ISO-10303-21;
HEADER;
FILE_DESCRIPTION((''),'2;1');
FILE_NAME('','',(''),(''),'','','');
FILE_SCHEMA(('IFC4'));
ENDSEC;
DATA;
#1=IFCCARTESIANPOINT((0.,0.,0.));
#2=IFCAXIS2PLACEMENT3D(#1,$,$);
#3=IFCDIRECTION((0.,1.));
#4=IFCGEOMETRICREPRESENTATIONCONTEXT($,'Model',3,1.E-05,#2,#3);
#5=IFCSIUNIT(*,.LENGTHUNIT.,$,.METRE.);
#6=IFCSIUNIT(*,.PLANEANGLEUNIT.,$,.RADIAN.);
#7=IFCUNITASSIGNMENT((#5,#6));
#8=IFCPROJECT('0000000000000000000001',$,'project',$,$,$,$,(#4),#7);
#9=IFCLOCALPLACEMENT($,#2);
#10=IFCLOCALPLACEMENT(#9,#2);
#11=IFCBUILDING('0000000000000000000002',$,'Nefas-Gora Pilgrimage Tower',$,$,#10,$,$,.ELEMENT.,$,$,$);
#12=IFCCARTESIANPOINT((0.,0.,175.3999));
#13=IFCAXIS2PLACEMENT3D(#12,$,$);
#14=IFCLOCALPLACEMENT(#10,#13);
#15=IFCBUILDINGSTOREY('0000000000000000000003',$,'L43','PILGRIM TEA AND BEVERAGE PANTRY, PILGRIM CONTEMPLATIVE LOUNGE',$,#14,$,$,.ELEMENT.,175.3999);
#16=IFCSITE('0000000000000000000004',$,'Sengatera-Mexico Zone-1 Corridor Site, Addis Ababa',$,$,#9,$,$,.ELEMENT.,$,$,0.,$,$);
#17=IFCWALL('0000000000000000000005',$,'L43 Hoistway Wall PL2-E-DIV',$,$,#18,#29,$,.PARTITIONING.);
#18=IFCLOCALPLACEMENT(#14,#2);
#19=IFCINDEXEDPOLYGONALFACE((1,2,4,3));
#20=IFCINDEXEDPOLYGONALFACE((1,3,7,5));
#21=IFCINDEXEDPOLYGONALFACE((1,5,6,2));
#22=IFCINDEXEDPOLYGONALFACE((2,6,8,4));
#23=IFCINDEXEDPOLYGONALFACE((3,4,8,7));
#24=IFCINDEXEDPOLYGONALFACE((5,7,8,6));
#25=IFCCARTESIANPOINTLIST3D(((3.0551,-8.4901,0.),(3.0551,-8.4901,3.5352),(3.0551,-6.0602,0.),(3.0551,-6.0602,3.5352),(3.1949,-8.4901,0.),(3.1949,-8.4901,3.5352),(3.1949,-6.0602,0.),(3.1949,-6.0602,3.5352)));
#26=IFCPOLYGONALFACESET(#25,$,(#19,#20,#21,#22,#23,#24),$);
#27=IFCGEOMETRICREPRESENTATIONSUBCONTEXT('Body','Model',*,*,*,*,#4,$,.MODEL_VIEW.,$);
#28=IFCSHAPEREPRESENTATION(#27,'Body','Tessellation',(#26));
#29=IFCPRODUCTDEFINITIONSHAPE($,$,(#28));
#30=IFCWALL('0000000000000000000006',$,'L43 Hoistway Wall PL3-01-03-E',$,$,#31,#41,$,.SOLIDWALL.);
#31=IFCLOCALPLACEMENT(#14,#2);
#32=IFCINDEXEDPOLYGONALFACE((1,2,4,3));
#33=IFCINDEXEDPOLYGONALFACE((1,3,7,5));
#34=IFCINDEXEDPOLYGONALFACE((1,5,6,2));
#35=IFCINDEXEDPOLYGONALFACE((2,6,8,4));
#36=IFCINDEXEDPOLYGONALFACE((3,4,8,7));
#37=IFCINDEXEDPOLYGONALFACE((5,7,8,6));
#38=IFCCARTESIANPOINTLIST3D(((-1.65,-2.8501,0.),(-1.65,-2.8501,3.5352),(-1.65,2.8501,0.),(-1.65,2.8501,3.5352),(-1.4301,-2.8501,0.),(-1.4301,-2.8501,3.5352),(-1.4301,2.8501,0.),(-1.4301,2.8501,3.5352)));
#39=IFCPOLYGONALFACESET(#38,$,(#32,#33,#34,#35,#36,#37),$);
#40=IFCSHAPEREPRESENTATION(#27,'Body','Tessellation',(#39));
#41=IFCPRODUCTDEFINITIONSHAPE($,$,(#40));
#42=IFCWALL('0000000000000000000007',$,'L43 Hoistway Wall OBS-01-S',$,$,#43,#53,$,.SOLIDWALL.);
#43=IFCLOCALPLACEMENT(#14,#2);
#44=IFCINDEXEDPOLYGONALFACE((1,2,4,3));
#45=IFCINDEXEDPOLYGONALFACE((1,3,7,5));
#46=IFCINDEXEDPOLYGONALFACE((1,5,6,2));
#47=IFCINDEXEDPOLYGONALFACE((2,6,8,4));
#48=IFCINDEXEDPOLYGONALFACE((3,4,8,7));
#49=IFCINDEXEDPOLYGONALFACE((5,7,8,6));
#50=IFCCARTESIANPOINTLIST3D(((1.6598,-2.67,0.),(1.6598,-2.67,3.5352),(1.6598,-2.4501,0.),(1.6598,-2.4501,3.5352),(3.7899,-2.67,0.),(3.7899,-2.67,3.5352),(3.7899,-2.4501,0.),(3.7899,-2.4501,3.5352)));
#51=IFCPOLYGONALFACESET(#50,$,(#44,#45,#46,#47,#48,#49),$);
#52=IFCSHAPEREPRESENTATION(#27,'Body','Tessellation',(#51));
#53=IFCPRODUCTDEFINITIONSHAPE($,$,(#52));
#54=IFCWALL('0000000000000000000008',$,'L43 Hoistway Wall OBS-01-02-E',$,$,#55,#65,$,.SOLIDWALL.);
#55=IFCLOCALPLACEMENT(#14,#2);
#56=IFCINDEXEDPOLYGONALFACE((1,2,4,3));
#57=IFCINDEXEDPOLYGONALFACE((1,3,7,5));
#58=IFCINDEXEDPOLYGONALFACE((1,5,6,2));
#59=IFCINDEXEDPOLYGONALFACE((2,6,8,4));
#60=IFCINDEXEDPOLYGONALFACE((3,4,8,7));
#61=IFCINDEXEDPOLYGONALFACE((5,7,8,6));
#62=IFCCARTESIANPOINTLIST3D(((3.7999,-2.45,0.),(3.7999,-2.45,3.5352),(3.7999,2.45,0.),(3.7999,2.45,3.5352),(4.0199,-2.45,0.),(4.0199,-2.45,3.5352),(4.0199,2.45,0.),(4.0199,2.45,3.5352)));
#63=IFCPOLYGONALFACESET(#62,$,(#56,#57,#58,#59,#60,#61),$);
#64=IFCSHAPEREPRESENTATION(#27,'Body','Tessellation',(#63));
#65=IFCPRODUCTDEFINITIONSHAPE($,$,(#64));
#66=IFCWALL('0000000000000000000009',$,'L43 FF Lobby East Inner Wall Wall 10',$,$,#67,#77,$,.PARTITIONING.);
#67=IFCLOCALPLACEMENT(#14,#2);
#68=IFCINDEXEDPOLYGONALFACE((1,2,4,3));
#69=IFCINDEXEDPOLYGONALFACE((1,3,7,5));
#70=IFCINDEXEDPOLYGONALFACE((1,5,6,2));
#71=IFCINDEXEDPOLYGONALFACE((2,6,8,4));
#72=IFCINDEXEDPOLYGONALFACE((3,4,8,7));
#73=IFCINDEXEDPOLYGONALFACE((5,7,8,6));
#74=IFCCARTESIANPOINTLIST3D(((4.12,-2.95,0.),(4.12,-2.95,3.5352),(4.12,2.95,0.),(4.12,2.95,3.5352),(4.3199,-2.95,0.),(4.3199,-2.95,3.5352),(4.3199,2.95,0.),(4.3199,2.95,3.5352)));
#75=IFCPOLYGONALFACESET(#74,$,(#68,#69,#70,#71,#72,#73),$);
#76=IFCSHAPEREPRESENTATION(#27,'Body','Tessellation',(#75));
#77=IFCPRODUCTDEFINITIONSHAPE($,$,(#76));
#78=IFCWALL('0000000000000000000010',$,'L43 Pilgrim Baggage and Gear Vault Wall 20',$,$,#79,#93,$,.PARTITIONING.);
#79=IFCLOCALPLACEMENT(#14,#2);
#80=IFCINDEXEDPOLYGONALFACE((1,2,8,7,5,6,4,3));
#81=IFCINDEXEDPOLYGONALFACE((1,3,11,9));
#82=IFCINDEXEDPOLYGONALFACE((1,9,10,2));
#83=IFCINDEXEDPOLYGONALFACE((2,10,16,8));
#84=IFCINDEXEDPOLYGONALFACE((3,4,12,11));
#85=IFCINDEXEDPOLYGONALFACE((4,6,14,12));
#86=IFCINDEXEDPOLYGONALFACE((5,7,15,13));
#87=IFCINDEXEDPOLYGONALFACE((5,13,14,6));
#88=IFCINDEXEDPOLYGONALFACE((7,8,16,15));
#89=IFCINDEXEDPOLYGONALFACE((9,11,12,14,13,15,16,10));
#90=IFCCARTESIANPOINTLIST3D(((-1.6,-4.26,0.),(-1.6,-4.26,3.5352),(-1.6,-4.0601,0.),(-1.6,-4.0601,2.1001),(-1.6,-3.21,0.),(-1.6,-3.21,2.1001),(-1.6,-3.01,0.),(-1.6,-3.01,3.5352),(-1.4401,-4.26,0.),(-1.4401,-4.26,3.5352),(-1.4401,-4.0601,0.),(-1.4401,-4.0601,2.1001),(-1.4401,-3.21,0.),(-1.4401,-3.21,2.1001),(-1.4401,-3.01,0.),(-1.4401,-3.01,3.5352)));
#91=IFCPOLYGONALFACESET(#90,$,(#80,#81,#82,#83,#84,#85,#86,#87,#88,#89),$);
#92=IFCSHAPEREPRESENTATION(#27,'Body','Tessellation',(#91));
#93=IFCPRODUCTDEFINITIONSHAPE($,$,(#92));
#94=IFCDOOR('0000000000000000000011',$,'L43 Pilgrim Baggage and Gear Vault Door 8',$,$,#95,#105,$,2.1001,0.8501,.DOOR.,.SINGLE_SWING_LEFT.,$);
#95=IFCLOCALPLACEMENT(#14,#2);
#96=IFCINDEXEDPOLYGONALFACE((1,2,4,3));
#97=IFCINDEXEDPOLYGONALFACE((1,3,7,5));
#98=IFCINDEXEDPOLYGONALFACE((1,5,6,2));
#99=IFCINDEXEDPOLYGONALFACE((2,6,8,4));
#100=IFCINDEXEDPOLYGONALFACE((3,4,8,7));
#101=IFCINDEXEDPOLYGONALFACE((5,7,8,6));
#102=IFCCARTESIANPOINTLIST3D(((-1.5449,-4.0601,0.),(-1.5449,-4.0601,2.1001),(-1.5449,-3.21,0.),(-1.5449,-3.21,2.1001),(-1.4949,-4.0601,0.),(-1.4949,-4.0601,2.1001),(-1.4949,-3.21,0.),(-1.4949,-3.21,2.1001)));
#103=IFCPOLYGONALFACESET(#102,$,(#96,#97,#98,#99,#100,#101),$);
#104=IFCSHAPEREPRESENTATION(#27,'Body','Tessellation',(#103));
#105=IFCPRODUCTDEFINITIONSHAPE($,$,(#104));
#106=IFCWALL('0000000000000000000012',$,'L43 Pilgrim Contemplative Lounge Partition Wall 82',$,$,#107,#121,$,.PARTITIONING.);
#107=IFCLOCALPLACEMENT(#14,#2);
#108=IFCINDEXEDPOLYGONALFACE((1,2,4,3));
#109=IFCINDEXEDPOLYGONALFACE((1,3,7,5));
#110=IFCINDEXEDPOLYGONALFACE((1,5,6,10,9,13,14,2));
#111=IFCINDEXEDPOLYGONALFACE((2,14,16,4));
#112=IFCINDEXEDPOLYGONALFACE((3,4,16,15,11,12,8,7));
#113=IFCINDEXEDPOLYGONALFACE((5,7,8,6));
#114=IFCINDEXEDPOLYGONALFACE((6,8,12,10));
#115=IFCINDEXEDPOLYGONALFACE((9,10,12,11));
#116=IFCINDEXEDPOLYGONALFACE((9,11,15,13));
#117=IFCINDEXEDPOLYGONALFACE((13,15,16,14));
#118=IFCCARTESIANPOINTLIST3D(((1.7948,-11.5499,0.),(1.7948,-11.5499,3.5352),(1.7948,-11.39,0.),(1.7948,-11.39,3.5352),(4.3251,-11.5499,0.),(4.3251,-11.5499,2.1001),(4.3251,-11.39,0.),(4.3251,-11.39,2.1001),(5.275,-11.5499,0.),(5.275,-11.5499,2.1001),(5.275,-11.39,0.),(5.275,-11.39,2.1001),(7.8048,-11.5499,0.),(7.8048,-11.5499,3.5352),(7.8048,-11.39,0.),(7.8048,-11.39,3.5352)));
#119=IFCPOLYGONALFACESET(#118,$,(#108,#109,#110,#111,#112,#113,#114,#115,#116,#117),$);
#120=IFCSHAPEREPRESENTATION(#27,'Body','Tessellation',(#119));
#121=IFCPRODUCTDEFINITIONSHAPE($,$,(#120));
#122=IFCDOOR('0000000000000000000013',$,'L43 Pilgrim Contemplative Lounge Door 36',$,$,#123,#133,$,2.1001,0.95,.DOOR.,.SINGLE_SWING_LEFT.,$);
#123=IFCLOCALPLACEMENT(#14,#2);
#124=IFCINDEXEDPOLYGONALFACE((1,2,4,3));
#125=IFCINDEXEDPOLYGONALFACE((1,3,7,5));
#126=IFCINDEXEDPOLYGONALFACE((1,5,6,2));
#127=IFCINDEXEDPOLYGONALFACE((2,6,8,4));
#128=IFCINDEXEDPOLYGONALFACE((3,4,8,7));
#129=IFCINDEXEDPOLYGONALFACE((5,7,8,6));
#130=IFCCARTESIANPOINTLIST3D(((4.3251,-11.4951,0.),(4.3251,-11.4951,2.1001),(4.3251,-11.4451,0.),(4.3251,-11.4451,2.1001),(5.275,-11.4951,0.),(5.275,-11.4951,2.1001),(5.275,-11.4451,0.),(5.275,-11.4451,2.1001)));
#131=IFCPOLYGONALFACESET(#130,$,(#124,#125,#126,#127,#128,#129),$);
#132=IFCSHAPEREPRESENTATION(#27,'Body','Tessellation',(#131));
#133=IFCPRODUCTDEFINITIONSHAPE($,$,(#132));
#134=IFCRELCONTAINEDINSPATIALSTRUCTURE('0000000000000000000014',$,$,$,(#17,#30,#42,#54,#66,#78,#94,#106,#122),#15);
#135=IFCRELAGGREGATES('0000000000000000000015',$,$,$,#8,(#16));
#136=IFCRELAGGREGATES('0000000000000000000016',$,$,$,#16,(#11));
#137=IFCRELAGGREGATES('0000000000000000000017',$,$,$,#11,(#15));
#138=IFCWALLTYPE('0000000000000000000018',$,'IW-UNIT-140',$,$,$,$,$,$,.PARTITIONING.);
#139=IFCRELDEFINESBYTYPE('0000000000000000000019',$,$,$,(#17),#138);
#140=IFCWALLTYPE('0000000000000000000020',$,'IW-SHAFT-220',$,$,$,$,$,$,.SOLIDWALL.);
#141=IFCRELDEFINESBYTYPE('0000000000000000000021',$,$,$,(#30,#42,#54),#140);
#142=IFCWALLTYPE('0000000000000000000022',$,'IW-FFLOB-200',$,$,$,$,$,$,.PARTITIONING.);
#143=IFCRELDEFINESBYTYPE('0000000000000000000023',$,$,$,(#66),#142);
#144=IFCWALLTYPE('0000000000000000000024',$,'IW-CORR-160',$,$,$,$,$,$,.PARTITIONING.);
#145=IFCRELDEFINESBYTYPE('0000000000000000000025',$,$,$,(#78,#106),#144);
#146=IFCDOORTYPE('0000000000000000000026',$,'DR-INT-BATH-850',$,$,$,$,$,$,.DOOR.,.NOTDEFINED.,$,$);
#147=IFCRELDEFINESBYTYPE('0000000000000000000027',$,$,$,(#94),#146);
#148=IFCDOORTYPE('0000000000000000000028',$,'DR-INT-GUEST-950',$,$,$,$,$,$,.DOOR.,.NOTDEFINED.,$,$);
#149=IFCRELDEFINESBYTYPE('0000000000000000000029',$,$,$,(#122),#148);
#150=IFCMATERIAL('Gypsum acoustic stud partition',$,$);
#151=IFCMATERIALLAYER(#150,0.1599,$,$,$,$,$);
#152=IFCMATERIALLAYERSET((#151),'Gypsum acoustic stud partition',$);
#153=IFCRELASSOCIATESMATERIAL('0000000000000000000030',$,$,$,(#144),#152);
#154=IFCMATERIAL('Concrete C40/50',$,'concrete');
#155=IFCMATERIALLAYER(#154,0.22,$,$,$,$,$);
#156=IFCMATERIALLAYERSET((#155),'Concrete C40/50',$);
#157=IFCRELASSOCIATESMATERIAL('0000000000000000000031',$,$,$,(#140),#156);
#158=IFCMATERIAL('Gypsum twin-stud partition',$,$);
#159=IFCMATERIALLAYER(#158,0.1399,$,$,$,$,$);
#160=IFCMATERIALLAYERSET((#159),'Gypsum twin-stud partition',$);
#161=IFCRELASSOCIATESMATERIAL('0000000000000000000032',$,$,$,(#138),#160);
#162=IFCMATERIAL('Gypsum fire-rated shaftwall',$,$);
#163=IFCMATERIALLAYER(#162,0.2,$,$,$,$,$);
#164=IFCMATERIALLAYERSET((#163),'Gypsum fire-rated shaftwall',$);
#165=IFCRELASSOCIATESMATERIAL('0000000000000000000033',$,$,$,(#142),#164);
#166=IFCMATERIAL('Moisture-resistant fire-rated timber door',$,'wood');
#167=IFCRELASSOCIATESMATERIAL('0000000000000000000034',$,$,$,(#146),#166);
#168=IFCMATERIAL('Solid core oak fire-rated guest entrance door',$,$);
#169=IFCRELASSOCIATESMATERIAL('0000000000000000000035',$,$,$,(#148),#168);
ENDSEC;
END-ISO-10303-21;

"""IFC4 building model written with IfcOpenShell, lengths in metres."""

from ifc_helpers import new_model, si_unit, direction, frame, frame_2d, origin, place, context, subcontext, project, spatial, rectangle, extrude, source, transform, mapped, material, layer, layer_set, type_object, element, fill, save


model = new_model("IFC4")

# Units and contexts
model_context = context("Model", 3, precision=1e-05, world=origin(), true_north=direction((0.0, 1.0)))
body_context = subcontext(model_context, "Body", "Model", "MODEL_VIEW")
ifc_project = project(units=[si_unit("LENGTHUNIT", "METRE"), si_unit("PLANEANGLEUNIT", "RADIAN")], contexts=[model_context])

# Site, building, storey
site_placement = place(None, origin())
site = spatial("IfcSite", under=ifc_project, at=site_placement, Name="Sengatera-Mexico Zone-1 Corridor Site, Addis Ababa", CompositionType="ELEMENT", RefElevation=0.0)
building_placement = place(site_placement, origin())
building = spatial("IfcBuilding", under=site, at=building_placement, Name="Nefas-Gora Pilgrimage Tower", CompositionType="ELEMENT")
storey_placement = place(building_placement, frame((0.0, 0.0, 175.3999)))
storey = spatial("IfcBuildingStorey", under=building, at=storey_placement, Name="L43", Description="PILGRIM TEA AND BEVERAGE PANTRY, PILGRIM CONTEMPLATIVE LOUNGE", CompositionType="ELEMENT", Elevation=175.3999)

# Shared definitions
ifc_material_1 = material(Name="Gypsum acoustic stud partition")
ifc_layer_1 = layer(ifc_material_1, 0.1599)
ifc_layer_set_1 = layer_set([ifc_layer_1], Name="Gypsum acoustic stud partition")
wall_type_1 = type_object("IfcWallType", Name="IW-CORR-160", PredefinedType="PARTITIONING", material=ifc_layer_set_1)
ifc_material_2 = material(Name="Concrete C40/50", Category="concrete")
ifc_layer_2 = layer(ifc_material_2, 0.22)
ifc_layer_set_2 = layer_set([ifc_layer_2], Name="Concrete C40/50")
wall_type_2 = type_object("IfcWallType", Name="IW-SHAFT-220", PredefinedType="SOLIDWALL", material=ifc_layer_set_2)

# Walls
ifc_material_3 = material(Name="Gypsum twin-stud partition")
ifc_layer_3 = layer(ifc_material_3, 0.1399)
ifc_layer_set_3 = layer_set([ifc_layer_3], Name="Gypsum twin-stud partition")
wall_type_3 = type_object("IfcWallType", Name="IW-UNIT-140", PredefinedType="PARTITIONING", material=ifc_layer_set_3)
shared_shape_1 = source(origin(), body_context, "Body", "SweptSolid", [
    extrude(rectangle(XDim=2.4299, YDim=0.1399, at=frame_2d((1.2148, 0.0))), origin(), (0.0, 0.0, 1.0), 3.5352),
])
wall_1_placement = place(storey_placement, frame((3.125, -8.49, 0.0), z_axis=(0.0, 0.0, 1.0), x_axis=(0.0, 1.0, 0.0)))
element("IfcWall", 1, at=wall_1_placement, inside=storey, type_object=wall_type_3, Name="L43 Hoistway Wall PL2-E-DIV", PredefinedType="PARTITIONING", context=body_context, shape_type="MappedRepresentation", body=[
    mapped(shared_shape_1, transform((0.0, 0.0, 0.0), x_axis=(1.0, 0.0, 0.0), y_axis=(0.0, 1.0, 0.0), z_axis=(0.0, 0.0, 1.0), scale=1.0)),
])
shared_shape_2 = source(origin(), body_context, "Body", "SweptSolid", [
    extrude(rectangle(XDim=5.7002, YDim=0.22, at=frame_2d((2.8501, 0.0))), origin(), (0.0, 0.0, 1.0), 3.5352),
])
wall_2_placement = place(storey_placement, frame((-1.54, -2.8501, 0.0), z_axis=(0.0, 0.0, 1.0), x_axis=(0.0, 1.0, 0.0)))
element("IfcWall", 2, at=wall_2_placement, inside=storey, type_object=wall_type_2, Name="L43 Hoistway Wall PL3-01-03-E", PredefinedType="SOLIDWALL", context=body_context, shape_type="MappedRepresentation", body=[
    mapped(shared_shape_2, transform((0.0, 0.0, 0.0), x_axis=(1.0, 0.0, 0.0), y_axis=(0.0, 1.0, 0.0), z_axis=(0.0, 0.0, 1.0), scale=1.0)),
])
shared_shape_3 = source(origin(), body_context, "Body", "SweptSolid", [
    extrude(rectangle(XDim=2.1301, YDim=0.22, at=frame_2d((1.0649, 0.0))), origin(), (0.0, 0.0, 1.0), 3.5352),
])
wall_3_placement = place(storey_placement, frame((1.6599, -2.5601, 0.0), z_axis=(0.0, 0.0, 1.0), x_axis=(1.0, 0.0, 0.0)))
element("IfcWall", 3, at=wall_3_placement, inside=storey, type_object=wall_type_2, Name="L43 Hoistway Wall OBS-01-S", PredefinedType="SOLIDWALL", context=body_context, shape_type="MappedRepresentation", body=[
    mapped(shared_shape_3, transform((0.0, 0.0, 0.0), x_axis=(1.0, 0.0, 0.0), y_axis=(0.0, 1.0, 0.0), z_axis=(0.0, 0.0, 1.0), scale=1.0)),
])
shared_shape_4 = source(origin(), body_context, "Body", "SweptSolid", [
    extrude(rectangle(XDim=4.8999, YDim=0.22, at=frame_2d((2.45, 0.0))), origin(), (0.0, 0.0, 1.0), 3.5352),
])
wall_4_placement = place(storey_placement, frame((3.9099, -2.45, 0.0), z_axis=(0.0, 0.0, 1.0), x_axis=(0.0, 1.0, 0.0)))
element("IfcWall", 4, at=wall_4_placement, inside=storey, type_object=wall_type_2, Name="L43 Hoistway Wall OBS-01-02-E", PredefinedType="SOLIDWALL", context=body_context, shape_type="MappedRepresentation", body=[
    mapped(shared_shape_4, transform((0.0, 0.0, 0.0), x_axis=(1.0, 0.0, 0.0), y_axis=(0.0, 1.0, 0.0), z_axis=(0.0, 0.0, 1.0), scale=1.0)),
])
ifc_material_4 = material(Name="Gypsum fire-rated shaftwall")
ifc_layer_4 = layer(ifc_material_4, 0.2)
ifc_layer_set_4 = layer_set([ifc_layer_4], Name="Gypsum fire-rated shaftwall")
wall_type_4 = type_object("IfcWallType", Name="IW-FFLOB-200", PredefinedType="PARTITIONING", material=ifc_layer_set_4)
shared_shape_5 = source(origin(), body_context, "Body", "SweptSolid", [
    extrude(rectangle(XDim=5.8999, YDim=0.2, at=frame_2d((2.95, 0.0))), origin(), (0.0, 0.0, 1.0), 3.5352),
])
wall_5_placement = place(storey_placement, frame((4.22, -2.95, 0.0), z_axis=(0.0, 0.0, 1.0), x_axis=(0.0, 1.0, 0.0)))
element("IfcWall", 5, at=wall_5_placement, inside=storey, type_object=wall_type_4, Name="L43 FF Lobby East Inner Wall Wall 10", PredefinedType="PARTITIONING", context=body_context, shape_type="MappedRepresentation", body=[
    mapped(shared_shape_5, transform((0.0, 0.0, 0.0), x_axis=(1.0, 0.0, 0.0), y_axis=(0.0, 1.0, 0.0), z_axis=(0.0, 0.0, 1.0), scale=1.0)),
])

# Walls, openings, doors
shared_shape_6 = source(origin(), body_context, "Body", "SweptSolid", [
    extrude(rectangle(XDim=1.25, YDim=0.1599, at=frame_2d((0.625, 0.0))), origin(), (0.0, 0.0, 1.0), 3.5352),
])
wall_6_placement = place(storey_placement, frame((-1.52, -4.26, 0.0), z_axis=(0.0, 0.0, 1.0), x_axis=(0.0, 1.0, 0.0)))
wall_6 = element("IfcWall", 6, at=wall_6_placement, inside=storey, type_object=wall_type_1, Name="L43 Pilgrim Baggage and Gear Vault Wall 20", PredefinedType="PARTITIONING", context=body_context, shape_type="MappedRepresentation", body=[
    mapped(shared_shape_6, transform((0.0, 0.0, 0.0), x_axis=(1.0, 0.0, 0.0), y_axis=(0.0, 1.0, 0.0), z_axis=(0.0, 0.0, 1.0), scale=1.0)),
])
opening_1_placement = place(wall_6_placement, frame((0.2, 0.0, 0.0)))
opening_1 = element("IfcOpeningElement", 7, at=opening_1_placement, cuts=wall_6, PredefinedType="OPENING", context=body_context, shape_type="SweptSolid", body=[
    extrude(rectangle(XDim=0.8501, YDim=2.1001, at=frame_2d((0.425, 1.05))), frame((0.0, 0.0898, 0.0), z_axis=(0.0, -1.0, 0.0), x_axis=(1.0, 0.0, 0.0)), (0.0, 0.0, 1.0), 0.1799),
])
ifc_material_5 = material(Name="Moisture-resistant fire-rated timber door", Category="wood")
door_type_1 = type_object("IfcDoorType", Name="DR-INT-BATH-850", OperationType="NOTDEFINED", PredefinedType="DOOR", material=ifc_material_5)
shared_shape_7 = source(origin(), body_context, "Body", "SweptSolid", [
    extrude(rectangle(XDim=0.8501, YDim=2.1001, at=frame_2d((0.425, 1.05))), frame((0.0, 0.0249, 0.0), z_axis=(0.0, -1.0, 0.0), x_axis=(1.0, 0.0, 0.0)), (0.0, 0.0, 1.0), 0.05),
])
door_1_placement = place(opening_1_placement, origin())
door_1 = element("IfcDoor", 8, at=door_1_placement, inside=storey, type_object=door_type_1, Name="L43 Pilgrim Baggage and Gear Vault Door 8", OperationType="SINGLE_SWING_LEFT", OverallHeight=2.1001, OverallWidth=0.8501, PredefinedType="DOOR", context=body_context, shape_type="MappedRepresentation", body=[
    mapped(shared_shape_7, transform((0.0, 0.0, 0.0), x_axis=(1.0, 0.0, 0.0), y_axis=(0.0, 1.0, 0.0), z_axis=(0.0, 0.0, 1.0), scale=1.0)),
])
fill(opening_1, door_1)
shared_shape_8 = source(origin(), body_context, "Body", "SweptSolid", [
    extrude(rectangle(XDim=6.01, YDim=0.1599, at=frame_2d((3.0049, 0.0))), origin(), (0.0, 0.0, 1.0), 3.5352),
])
wall_7_placement = place(storey_placement, frame((1.7949, -11.47, 0.0), z_axis=(0.0, 0.0, 1.0), x_axis=(1.0, 0.0, 0.0)))
wall_7 = element("IfcWall", 9, at=wall_7_placement, inside=storey, type_object=wall_type_1, Name="L43 Pilgrim Contemplative Lounge Partition Wall 82", PredefinedType="PARTITIONING", context=body_context, shape_type="MappedRepresentation", body=[
    mapped(shared_shape_8, transform((0.0, 0.0, 0.0), x_axis=(1.0, 0.0, 0.0), y_axis=(0.0, 1.0, 0.0), z_axis=(0.0, 0.0, 1.0), scale=1.0)),
])
opening_2_placement = place(wall_7_placement, frame((2.53, 0.0, 0.0)))
opening_2 = element("IfcOpeningElement", 10, at=opening_2_placement, cuts=wall_7, PredefinedType="OPENING", context=body_context, shape_type="SweptSolid", body=[
    extrude(rectangle(XDim=0.95, YDim=2.1001, at=frame_2d((0.4751, 1.05))), frame((0.0, 0.0898, 0.0), z_axis=(0.0, -1.0, 0.0), x_axis=(1.0, 0.0, 0.0)), (0.0, 0.0, 1.0), 0.1799),
])
ifc_material_6 = material(Name="Solid core oak fire-rated guest entrance door")
door_type_2 = type_object("IfcDoorType", Name="DR-INT-GUEST-950", OperationType="NOTDEFINED", PredefinedType="DOOR", material=ifc_material_6)
shared_shape_9 = source(origin(), body_context, "Body", "SweptSolid", [
    extrude(rectangle(XDim=0.95, YDim=2.1001, at=frame_2d((0.4751, 1.05))), frame((0.0, 0.0249, 0.0), z_axis=(0.0, -1.0, 0.0), x_axis=(1.0, 0.0, 0.0)), (0.0, 0.0, 1.0), 0.05),
])
door_2_placement = place(opening_2_placement, origin())
door_2 = element("IfcDoor", 11, at=door_2_placement, inside=storey, type_object=door_type_2, Name="L43 Pilgrim Contemplative Lounge Door 36", OperationType="SINGLE_SWING_LEFT", OverallHeight=2.1001, OverallWidth=0.95, PredefinedType="DOOR", context=body_context, shape_type="MappedRepresentation", body=[
    mapped(shared_shape_9, transform((0.0, 0.0, 0.0), x_axis=(1.0, 0.0, 0.0), y_axis=(0.0, 1.0, 0.0), z_axis=(0.0, 0.0, 1.0), scale=1.0)),
])
fill(opening_2, door_2)

save(model, "model.ifc")
